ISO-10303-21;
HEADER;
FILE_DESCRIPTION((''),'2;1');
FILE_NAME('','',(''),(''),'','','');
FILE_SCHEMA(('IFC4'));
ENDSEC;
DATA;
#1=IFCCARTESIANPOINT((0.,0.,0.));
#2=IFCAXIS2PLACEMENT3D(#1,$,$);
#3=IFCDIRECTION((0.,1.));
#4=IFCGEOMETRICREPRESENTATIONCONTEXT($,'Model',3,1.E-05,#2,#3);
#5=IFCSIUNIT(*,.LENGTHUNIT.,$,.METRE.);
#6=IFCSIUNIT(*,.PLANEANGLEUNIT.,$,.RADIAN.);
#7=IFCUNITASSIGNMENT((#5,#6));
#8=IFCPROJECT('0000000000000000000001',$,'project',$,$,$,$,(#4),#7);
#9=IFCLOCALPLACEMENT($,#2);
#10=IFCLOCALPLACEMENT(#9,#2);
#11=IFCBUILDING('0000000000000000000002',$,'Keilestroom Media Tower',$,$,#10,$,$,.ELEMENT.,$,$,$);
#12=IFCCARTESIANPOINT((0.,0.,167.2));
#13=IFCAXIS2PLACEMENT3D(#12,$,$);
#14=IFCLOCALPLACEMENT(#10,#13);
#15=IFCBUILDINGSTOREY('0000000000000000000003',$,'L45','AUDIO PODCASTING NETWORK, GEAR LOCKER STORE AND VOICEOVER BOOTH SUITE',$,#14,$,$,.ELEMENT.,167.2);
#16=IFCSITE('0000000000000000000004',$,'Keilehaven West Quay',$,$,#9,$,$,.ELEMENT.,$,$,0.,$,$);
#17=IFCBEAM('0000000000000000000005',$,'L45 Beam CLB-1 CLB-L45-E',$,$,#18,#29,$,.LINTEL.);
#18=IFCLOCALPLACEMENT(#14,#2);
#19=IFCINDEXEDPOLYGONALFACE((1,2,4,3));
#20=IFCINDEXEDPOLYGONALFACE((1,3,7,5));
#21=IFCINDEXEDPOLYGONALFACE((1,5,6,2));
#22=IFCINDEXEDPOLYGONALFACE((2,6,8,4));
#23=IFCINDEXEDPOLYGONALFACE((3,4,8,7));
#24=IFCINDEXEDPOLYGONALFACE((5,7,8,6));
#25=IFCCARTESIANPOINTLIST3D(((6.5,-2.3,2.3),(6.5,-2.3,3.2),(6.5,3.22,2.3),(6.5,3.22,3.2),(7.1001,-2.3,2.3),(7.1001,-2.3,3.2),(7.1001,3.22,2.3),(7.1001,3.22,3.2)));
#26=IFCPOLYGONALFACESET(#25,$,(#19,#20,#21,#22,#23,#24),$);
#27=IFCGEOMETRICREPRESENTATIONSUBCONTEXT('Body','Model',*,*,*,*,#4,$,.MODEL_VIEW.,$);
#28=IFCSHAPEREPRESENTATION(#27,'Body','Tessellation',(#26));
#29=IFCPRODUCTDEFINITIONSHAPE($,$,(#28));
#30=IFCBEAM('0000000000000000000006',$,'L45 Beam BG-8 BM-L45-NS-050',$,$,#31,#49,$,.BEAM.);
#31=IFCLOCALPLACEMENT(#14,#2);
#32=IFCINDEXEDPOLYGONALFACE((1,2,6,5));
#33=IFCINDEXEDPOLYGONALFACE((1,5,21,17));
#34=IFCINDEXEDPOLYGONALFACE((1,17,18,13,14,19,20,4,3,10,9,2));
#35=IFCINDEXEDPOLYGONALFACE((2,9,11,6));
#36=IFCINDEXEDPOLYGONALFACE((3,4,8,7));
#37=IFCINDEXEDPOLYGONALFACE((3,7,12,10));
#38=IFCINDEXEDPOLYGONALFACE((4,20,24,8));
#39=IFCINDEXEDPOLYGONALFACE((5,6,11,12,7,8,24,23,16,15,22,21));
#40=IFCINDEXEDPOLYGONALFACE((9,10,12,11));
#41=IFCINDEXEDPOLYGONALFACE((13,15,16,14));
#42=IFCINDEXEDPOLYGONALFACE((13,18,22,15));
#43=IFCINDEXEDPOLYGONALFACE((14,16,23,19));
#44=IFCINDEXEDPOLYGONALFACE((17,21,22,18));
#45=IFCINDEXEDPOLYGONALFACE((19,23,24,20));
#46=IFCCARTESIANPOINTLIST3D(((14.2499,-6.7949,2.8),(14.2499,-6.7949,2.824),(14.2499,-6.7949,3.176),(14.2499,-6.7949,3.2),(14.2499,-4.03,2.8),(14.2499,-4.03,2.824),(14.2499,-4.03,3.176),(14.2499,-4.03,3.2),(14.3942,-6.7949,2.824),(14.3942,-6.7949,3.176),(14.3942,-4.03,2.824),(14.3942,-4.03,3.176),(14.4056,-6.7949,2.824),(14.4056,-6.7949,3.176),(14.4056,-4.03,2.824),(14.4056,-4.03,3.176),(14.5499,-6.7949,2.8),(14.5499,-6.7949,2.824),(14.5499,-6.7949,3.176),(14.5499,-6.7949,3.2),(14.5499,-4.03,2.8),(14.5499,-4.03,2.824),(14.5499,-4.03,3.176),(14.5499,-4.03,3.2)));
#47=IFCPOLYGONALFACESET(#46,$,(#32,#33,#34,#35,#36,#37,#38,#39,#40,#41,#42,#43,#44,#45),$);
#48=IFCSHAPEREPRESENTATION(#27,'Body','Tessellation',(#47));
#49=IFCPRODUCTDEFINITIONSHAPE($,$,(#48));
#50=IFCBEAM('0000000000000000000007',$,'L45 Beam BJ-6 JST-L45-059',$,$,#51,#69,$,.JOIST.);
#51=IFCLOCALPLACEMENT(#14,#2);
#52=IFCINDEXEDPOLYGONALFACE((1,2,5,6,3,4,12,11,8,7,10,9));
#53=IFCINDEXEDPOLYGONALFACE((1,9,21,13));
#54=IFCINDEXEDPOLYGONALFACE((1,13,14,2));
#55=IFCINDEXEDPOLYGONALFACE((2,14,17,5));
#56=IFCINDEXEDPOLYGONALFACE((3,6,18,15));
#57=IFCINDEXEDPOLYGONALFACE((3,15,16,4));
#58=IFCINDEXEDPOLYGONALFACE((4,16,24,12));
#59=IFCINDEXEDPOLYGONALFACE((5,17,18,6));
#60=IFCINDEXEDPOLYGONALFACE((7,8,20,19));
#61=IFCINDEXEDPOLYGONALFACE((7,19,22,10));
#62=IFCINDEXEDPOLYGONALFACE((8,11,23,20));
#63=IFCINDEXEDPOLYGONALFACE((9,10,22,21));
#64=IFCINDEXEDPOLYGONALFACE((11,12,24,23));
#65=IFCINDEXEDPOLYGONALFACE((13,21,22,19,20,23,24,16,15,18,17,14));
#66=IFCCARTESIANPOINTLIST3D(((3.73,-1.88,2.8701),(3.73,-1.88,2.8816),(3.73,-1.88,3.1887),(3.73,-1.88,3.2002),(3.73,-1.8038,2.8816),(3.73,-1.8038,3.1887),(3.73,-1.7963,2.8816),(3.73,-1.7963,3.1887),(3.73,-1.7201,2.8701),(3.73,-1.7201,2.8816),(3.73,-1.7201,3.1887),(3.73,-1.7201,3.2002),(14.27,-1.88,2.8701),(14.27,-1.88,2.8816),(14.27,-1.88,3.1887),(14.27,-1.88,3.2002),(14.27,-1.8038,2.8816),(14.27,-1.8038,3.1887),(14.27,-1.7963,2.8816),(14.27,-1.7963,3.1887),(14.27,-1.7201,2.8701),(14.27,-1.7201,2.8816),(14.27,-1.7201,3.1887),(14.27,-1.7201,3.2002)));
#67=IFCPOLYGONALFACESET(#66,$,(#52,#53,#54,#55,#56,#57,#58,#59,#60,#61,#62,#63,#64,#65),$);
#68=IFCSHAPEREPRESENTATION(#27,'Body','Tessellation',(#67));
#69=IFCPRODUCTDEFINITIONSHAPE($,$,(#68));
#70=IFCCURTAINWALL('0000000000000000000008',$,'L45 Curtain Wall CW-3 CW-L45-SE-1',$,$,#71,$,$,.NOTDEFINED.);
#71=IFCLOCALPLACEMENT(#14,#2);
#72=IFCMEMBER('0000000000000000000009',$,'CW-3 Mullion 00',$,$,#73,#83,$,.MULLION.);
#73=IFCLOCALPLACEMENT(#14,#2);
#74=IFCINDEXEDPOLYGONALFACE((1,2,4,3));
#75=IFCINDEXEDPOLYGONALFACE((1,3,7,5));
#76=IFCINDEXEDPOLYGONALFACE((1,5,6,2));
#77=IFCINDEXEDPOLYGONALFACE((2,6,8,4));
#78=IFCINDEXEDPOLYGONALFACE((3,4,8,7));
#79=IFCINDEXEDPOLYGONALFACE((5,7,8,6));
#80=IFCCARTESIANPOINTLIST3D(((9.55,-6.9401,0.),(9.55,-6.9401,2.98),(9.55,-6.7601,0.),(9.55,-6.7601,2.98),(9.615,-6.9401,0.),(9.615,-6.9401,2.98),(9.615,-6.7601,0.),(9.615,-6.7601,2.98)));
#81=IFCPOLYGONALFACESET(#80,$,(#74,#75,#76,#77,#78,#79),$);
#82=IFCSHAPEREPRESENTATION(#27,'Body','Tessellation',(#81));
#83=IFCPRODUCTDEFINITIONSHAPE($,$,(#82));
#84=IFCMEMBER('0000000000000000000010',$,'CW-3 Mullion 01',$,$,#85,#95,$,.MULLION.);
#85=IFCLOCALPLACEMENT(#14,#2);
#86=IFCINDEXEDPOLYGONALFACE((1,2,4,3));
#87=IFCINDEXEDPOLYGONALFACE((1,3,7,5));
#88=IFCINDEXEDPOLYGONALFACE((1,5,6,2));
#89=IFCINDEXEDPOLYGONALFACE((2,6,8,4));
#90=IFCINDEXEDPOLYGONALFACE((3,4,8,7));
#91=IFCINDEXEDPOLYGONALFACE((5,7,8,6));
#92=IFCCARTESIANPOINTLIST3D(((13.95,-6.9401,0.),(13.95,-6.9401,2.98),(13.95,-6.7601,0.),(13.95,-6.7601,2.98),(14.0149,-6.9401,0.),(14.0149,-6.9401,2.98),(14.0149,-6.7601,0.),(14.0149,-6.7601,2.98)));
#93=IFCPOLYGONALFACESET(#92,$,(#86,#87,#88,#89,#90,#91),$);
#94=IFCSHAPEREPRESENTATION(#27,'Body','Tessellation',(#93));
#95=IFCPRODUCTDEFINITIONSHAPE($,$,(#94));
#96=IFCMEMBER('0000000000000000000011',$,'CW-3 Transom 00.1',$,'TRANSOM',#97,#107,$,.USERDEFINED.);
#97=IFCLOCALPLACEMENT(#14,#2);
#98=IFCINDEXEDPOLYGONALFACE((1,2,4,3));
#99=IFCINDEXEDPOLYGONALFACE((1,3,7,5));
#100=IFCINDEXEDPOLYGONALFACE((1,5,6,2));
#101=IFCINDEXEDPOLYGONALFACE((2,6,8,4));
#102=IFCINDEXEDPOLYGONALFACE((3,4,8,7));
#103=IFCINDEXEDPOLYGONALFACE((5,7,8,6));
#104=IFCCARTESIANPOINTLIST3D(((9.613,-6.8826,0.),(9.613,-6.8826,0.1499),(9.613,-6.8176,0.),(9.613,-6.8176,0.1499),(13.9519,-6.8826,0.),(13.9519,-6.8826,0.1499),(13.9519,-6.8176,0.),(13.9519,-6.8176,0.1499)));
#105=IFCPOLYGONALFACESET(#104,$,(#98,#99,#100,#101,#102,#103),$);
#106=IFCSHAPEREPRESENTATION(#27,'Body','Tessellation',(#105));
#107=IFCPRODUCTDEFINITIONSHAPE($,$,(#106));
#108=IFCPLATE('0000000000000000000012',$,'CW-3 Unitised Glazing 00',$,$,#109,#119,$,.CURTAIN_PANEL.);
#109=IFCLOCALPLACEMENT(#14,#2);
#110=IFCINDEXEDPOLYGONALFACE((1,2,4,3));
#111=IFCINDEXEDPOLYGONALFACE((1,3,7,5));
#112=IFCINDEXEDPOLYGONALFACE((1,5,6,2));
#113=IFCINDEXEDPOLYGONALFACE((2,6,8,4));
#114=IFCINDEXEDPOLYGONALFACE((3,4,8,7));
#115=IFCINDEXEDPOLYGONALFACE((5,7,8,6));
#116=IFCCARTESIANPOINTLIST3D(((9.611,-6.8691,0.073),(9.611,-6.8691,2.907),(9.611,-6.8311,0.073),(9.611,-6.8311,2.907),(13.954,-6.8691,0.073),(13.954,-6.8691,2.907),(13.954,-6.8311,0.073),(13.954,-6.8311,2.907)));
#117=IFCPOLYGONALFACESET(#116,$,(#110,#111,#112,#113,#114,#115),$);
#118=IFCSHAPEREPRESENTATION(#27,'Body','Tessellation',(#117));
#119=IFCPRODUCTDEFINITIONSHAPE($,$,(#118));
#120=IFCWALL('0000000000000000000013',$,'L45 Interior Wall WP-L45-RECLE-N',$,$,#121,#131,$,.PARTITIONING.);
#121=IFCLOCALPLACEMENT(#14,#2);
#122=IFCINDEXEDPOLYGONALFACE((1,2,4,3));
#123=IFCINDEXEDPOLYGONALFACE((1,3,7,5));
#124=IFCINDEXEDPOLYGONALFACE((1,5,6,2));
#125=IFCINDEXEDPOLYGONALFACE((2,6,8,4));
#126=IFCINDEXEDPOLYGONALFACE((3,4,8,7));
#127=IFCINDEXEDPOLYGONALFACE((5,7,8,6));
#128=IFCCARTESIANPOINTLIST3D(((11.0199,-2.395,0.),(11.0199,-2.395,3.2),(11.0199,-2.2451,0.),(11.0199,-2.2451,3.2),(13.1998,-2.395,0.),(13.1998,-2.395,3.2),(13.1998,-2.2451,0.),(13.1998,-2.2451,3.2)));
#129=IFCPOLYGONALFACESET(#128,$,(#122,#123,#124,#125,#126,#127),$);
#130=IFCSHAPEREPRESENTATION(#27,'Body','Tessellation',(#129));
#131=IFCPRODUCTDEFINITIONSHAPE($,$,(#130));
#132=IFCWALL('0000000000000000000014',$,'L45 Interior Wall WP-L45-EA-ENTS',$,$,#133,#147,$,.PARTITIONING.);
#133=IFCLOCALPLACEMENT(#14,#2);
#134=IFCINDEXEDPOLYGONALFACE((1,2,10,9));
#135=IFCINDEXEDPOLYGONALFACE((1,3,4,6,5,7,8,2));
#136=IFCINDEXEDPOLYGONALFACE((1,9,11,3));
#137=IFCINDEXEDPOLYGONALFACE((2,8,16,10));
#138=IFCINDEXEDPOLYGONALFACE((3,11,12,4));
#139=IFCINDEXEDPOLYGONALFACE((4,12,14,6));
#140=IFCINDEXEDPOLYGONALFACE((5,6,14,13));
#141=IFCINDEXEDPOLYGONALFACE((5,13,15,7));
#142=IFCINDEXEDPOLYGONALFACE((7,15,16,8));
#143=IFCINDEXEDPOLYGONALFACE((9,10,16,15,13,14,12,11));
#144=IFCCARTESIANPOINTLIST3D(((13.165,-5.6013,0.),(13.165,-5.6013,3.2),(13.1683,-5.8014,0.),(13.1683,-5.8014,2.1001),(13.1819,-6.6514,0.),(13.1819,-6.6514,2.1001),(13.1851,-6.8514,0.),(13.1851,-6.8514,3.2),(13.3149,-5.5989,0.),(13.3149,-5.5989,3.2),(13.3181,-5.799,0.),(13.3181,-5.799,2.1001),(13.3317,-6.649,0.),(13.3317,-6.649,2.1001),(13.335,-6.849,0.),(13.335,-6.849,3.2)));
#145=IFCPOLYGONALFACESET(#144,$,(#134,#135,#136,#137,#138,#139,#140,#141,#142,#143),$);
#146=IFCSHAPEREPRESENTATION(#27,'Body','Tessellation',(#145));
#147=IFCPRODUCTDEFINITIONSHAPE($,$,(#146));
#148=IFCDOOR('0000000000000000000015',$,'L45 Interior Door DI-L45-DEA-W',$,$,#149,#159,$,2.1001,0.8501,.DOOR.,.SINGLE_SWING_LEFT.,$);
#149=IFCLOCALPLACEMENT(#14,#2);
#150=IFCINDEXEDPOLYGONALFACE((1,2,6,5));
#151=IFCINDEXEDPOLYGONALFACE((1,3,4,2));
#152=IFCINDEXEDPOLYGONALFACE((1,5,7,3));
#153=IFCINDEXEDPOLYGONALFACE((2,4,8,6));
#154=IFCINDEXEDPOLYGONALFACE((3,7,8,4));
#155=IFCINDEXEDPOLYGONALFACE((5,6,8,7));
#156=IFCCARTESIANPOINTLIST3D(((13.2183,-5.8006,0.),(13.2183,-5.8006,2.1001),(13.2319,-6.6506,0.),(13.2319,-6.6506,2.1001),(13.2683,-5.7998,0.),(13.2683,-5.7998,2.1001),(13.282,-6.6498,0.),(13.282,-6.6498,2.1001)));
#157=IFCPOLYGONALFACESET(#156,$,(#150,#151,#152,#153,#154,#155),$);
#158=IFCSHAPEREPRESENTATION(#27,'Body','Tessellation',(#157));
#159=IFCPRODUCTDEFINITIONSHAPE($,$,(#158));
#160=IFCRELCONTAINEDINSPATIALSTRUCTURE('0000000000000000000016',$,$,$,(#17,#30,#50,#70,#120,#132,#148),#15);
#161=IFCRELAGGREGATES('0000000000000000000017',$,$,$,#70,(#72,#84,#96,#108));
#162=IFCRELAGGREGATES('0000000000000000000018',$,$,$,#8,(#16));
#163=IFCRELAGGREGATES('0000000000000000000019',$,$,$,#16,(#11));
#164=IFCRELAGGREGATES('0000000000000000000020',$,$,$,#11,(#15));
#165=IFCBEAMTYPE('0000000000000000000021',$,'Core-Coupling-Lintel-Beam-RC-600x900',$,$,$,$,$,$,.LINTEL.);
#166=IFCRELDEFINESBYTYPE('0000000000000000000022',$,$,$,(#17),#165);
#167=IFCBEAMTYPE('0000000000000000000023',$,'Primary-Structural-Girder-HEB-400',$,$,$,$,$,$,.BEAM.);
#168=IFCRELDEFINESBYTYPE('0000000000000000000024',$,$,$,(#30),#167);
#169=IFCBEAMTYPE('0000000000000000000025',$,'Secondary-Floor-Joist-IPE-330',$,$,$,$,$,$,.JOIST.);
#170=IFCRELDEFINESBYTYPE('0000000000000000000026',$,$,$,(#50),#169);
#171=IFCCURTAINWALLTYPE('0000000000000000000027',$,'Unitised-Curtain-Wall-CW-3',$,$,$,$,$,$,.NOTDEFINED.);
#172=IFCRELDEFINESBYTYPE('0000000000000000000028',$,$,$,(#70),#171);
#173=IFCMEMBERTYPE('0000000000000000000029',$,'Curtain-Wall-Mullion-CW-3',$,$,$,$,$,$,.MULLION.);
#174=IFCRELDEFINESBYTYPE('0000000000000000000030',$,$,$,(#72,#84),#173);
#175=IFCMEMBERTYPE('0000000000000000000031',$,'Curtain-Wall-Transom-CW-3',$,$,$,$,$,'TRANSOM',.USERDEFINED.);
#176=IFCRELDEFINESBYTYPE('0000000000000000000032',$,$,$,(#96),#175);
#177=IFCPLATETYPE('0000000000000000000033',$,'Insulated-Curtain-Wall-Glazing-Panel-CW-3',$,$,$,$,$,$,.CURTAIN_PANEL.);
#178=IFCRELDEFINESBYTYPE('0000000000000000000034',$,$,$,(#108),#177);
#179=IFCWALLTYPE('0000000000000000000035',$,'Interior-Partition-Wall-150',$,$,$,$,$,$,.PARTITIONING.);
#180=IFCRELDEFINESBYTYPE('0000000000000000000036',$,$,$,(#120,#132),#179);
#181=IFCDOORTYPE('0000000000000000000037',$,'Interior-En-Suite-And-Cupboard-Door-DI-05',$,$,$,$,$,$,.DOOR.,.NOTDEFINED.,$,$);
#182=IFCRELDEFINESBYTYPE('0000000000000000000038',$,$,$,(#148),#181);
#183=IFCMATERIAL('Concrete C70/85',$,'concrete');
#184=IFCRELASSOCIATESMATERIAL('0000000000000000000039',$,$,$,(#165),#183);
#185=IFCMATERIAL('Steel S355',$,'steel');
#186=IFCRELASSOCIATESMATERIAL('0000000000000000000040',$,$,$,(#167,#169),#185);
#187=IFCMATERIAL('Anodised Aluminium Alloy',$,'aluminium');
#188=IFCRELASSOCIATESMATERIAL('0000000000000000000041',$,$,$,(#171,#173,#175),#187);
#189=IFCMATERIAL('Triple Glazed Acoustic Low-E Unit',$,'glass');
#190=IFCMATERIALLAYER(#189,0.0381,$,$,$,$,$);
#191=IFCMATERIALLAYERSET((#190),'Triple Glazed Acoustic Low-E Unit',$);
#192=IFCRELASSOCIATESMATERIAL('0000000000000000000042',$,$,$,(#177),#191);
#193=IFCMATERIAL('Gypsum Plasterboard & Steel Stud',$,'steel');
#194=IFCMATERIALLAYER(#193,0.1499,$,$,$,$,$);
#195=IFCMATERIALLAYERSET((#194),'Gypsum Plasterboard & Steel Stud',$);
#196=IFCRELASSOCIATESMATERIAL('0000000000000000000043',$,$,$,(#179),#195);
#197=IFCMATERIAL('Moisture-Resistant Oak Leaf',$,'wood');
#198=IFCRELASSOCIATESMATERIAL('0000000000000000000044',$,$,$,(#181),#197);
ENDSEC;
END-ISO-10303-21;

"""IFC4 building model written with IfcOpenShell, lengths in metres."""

from ifc_helpers import new_model, si_unit, direction, frame, frame_2d, origin, origin_2d, place, context, subcontext, project, spatial, rectangle, i_section, extrude, source, transform, mapped, material, layer, layer_set, material_profile, profile_set, type_object, element, fill, aggregate, save


model = new_model("IFC4")

# Units and contexts
model_context = context("Model", 3, precision=1e-05, world=origin(), true_north=direction((0.0, 1.0)))
body_context = subcontext(model_context, "Body", "Model", "MODEL_VIEW")
ifc_project = project(units=[si_unit("LENGTHUNIT", "METRE"), si_unit("PLANEANGLEUNIT", "RADIAN")], contexts=[model_context])

# Site, building, storey
site_placement = place(None, origin())
site = spatial("IfcSite", under=ifc_project, at=site_placement, Name="Keilehaven West Quay", CompositionType="ELEMENT", RefElevation=0.0)
building_placement = place(site_placement, origin())
building = spatial("IfcBuilding", under=site, at=building_placement, Name="Keilestroom Media Tower", CompositionType="ELEMENT")
storey_placement = place(building_placement, frame((0.0, 0.0, 167.2)))
storey = spatial("IfcBuildingStorey", under=building, at=storey_placement, Name="L45", Description="AUDIO PODCASTING NETWORK, GEAR LOCKER STORE AND VOICEOVER BOOTH SUITE", CompositionType="ELEMENT", Elevation=167.2)

# Beams
ifc_material_1 = material(Name="Concrete C70/85", Category="concrete")
ifc_material_profile_1 = material_profile(ifc_material_1, rectangle(XDim=0.6001, YDim=0.8999, at=origin_2d()), Name="RC 600x900")
ifc_profile_set_1 = profile_set([ifc_material_profile_1], Name="Concrete C70/85")
beam_type_1 = type_object("IfcBeamType", Name="Core-Coupling-Lintel-Beam-RC-600x900", PredefinedType="LINTEL", material=ifc_profile_set_1)
shared_shape_1 = source(origin(), body_context, "Body", "SweptSolid", [
    extrude(rectangle(XDim=0.6001, YDim=0.8999, at=origin_2d()), origin(), (0.0, 0.0, 1.0), 5.52),
])
beam_1_placement = place(storey_placement, frame((6.8, -2.3, 2.75), z_axis=(0.0, 1.0, 0.0), x_axis=(-1.0, 0.0, 0.0)))
element("IfcBeam", 1, at=beam_1_placement, inside=storey, type_object=beam_type_1, Name="L45 Beam CLB-1 CLB-L45-E", PredefinedType="LINTEL", context=body_context, shape_type="MappedRepresentation", body=[
    mapped(shared_shape_1, transform((0.0, 0.0, 0.0), x_axis=(1.0, 0.0, 0.0), y_axis=(0.0, 1.0, 0.0), z_axis=(0.0, 0.0, 1.0), scale=1.0)),
])
ifc_material_2 = material(Name="Steel S355", Category="steel")
ifc_material_profile_2 = material_profile(ifc_material_2, i_section(OverallWidth=0.3, OverallDepth=0.3999, WebThickness=0.0115, FlangeThickness=0.0239, at=origin_2d()), Name="HEB 400")
ifc_profile_set_2 = profile_set([ifc_material_profile_2], Name="Steel S355")
beam_type_2 = type_object("IfcBeamType", Name="Primary-Structural-Girder-HEB-400", PredefinedType="BEAM", material=ifc_profile_set_2)
shared_shape_2 = source(origin(), body_context, "Body", "SweptSolid", [
    extrude(i_section(OverallWidth=0.3, OverallDepth=0.3999, WebThickness=0.0115, FlangeThickness=0.0239, at=origin_2d()), origin(), (0.0, 0.0, 1.0), 2.7649),
])
beam_2_placement = place(storey_placement, frame((14.3999, -6.7949, 3.0), z_axis=(0.0, 1.0, 0.0), x_axis=(-1.0, 0.0, 0.0)))
element("IfcBeam", 2, at=beam_2_placement, inside=storey, type_object=beam_type_2, Name="L45 Beam BG-8 BM-L45-NS-050", PredefinedType="BEAM", context=body_context, shape_type="MappedRepresentation", body=[
    mapped(shared_shape_2, transform((0.0, 0.0, 0.0), x_axis=(1.0, 0.0, 0.0), y_axis=(0.0, 1.0, 0.0), z_axis=(0.0, 0.0, 1.0), scale=1.0)),
])
ifc_material_profile_3 = material_profile(ifc_material_2, i_section(OverallWidth=0.1599, OverallDepth=0.3301, WebThickness=0.0076, FlangeThickness=0.0115, at=origin_2d()), Name="IPE 330")
ifc_profile_set_3 = profile_set([ifc_material_profile_3], Name="Steel S355")
beam_type_3 = type_object("IfcBeamType", Name="Secondary-Floor-Joist-IPE-330", PredefinedType="JOIST", material=ifc_profile_set_3)
shared_shape_3 = source(origin(), body_context, "Body", "SweptSolid", [
    extrude(i_section(OverallWidth=0.1599, OverallDepth=0.3301, WebThickness=0.0076, FlangeThickness=0.0115, at=origin_2d()), origin(), (0.0, 0.0, 1.0), 10.54),
])
beam_3_placement = place(storey_placement, frame((3.73, -1.8, 3.0352), z_axis=(1.0, 0.0, 0.0), x_axis=(0.0, 1.0, 0.0)))
element("IfcBeam", 3, at=beam_3_placement, inside=storey, type_object=beam_type_3, Name="L45 Beam BJ-6 JST-L45-059", PredefinedType="JOIST", context=body_context, shape_type="MappedRepresentation", body=[
    mapped(shared_shape_3, transform((0.0, 0.0, 0.0), x_axis=(1.0, 0.0, 0.0), y_axis=(0.0, 1.0, 0.0), z_axis=(0.0, 0.0, 1.0), scale=1.0)),
])

# Curtain wall, members, plate
ifc_material_3 = material(Name="Anodised Aluminium Alloy", Category="aluminium")
curtain_wall_type = type_object("IfcCurtainWallType", Name="Unitised-Curtain-Wall-CW-3", PredefinedType="NOTDEFINED", material=ifc_material_3)
curtain_wall_placement = place(storey_placement, origin())
curtain_wall = element("IfcCurtainWall", 4, at=curtain_wall_placement, inside=storey, type_object=curtain_wall_type, Name="L45 Curtain Wall CW-3 CW-L45-SE-1", PredefinedType="NOTDEFINED")
ifc_material_profile_4 = material_profile(ifc_material_3, rectangle(XDim=0.0649, YDim=0.1799, at=origin_2d()), Name="ALU MULLION 65x180")
ifc_profile_set_4 = profile_set([ifc_material_profile_4], Name="Anodised Aluminium Alloy")
member_type_1 = type_object("IfcMemberType", Name="Curtain-Wall-Mullion-CW-3", PredefinedType="MULLION", material=ifc_profile_set_4)
shared_shape_4 = source(origin(), body_context, "Body", "SweptSolid", [
    extrude(rectangle(XDim=0.0649, YDim=0.1799, at=origin_2d()), origin(), (0.0, 0.0, 1.0), 2.98),
])
member_1_placement = place(storey_placement, frame((9.5825, -6.8501, 0.0), z_axis=(0.0, 0.0, 1.0), x_axis=(1.0, 0.0, 0.0)))
member_1 = element("IfcMember", 5, at=member_1_placement, type_object=member_type_1, Name="CW-3 Mullion 00", PredefinedType="MULLION", context=body_context, shape_type="MappedRepresentation", body=[
    mapped(shared_shape_4, transform((0.0, 0.0, 0.0), x_axis=(1.0, 0.0, 0.0), y_axis=(0.0, 1.0, 0.0), z_axis=(0.0, 0.0, 1.0), scale=1.0)),
])
member_2_placement = place(storey_placement, frame((13.9824, -6.8501, 0.0), z_axis=(0.0, 0.0, 1.0), x_axis=(1.0, 0.0, 0.0)))
member_2 = element("IfcMember", 6, at=member_2_placement, type_object=member_type_1, Name="CW-3 Mullion 01", PredefinedType="MULLION", context=body_context, shape_type="MappedRepresentation", body=[
    mapped(shared_shape_4, transform((0.0, 0.0, 0.0), x_axis=(1.0, 0.0, 0.0), y_axis=(0.0, 1.0, 0.0), z_axis=(0.0, 0.0, 1.0), scale=1.0)),
])
ifc_material_profile_5 = material_profile(ifc_material_3, rectangle(XDim=0.0649, YDim=0.1499, at=origin_2d()), Name="ALU TRANSOM 65x150")
ifc_profile_set_5 = profile_set([ifc_material_profile_5], Name="Anodised Aluminium Alloy")
member_type_2 = type_object("IfcMemberType", Name="Curtain-Wall-Transom-CW-3", ElementType="TRANSOM", PredefinedType="USERDEFINED", material=ifc_profile_set_5)
shared_shape_5 = source(origin(), body_context, "Body", "SweptSolid", [
    extrude(rectangle(XDim=0.0649, YDim=0.1499, at=origin_2d()), origin(), (0.0, 0.0, 1.0), 4.3389),
])
member_3_placement = place(storey_placement, frame((9.613, -6.8501, 0.075), z_axis=(1.0, 0.0, 0.0), x_axis=(0.0, 1.0, 0.0)))
member_3 = element("IfcMember", 7, at=member_3_placement, type_object=member_type_2, Name="CW-3 Transom 00.1", ObjectType="TRANSOM", PredefinedType="USERDEFINED", context=body_context, shape_type="MappedRepresentation", body=[
    mapped(shared_shape_5, transform((0.0, 0.0, 0.0), x_axis=(1.0, 0.0, 0.0), y_axis=(0.0, 1.0, 0.0), z_axis=(0.0, 0.0, 1.0), scale=1.0)),
])
ifc_material_4 = material(Name="Triple Glazed Acoustic Low-E Unit", Category="glass")
ifc_layer_1 = layer(ifc_material_4, 0.0381)
ifc_layer_set_1 = layer_set([ifc_layer_1], Name="Triple Glazed Acoustic Low-E Unit")
plate_type = type_object("IfcPlateType", Name="Insulated-Curtain-Wall-Glazing-Panel-CW-3", PredefinedType="CURTAIN_PANEL", material=ifc_layer_set_1)
shared_shape_6 = source(origin(), body_context, "Body", "SweptSolid", [
    extrude(rectangle(XDim=4.343, YDim=0.0381, at=origin_2d()), origin(), (0.0, 0.0, 1.0), 2.834),
])
plate_placement = place(storey_placement, frame((11.7825, -6.8501, 0.073), z_axis=(0.0, 0.0, 1.0), x_axis=(1.0, 0.0, 0.0)))
plate = element("IfcPlate", 8, at=plate_placement, type_object=plate_type, Name="CW-3 Unitised Glazing 00", PredefinedType="CURTAIN_PANEL", context=body_context, shape_type="MappedRepresentation", body=[
    mapped(shared_shape_6, transform((0.0, 0.0, 0.0), x_axis=(1.0, 0.0, 0.0), y_axis=(0.0, 1.0, 0.0), z_axis=(0.0, 0.0, 1.0), scale=1.0)),
])
aggregate(curtain_wall, [member_1, member_2, member_3, plate])

# Wall
ifc_material_5 = material(Name="Gypsum Plasterboard & Steel Stud", Category="steel")
ifc_layer_2 = layer(ifc_material_5, 0.1499)
ifc_layer_set_2 = layer_set([ifc_layer_2], Name="Gypsum Plasterboard & Steel Stud")
wall_type_1 = type_object("IfcWallType", Name="Interior-Partition-Wall-150", PredefinedType="PARTITIONING", material=ifc_layer_set_2)
wall_1_placement = place(storey_placement, frame((11.02, -2.3201, 0.0), z_axis=(0.0, 0.0, 1.0), x_axis=(1.0, 0.0, 0.0)))
element("IfcWall", 9, at=wall_1_placement, inside=storey, type_object=wall_type_1, Name="L45 Interior Wall WP-L45-RECLE-N", PredefinedType="PARTITIONING", context=body_context, shape_type="SweptSolid", body=[
    extrude(rectangle(XDim=2.1799, YDim=0.1499, at=frame_2d((1.0898, 0.0))), origin(), (0.0, 0.0, 1.0), 3.2),
])

# Wall, opening, door
wall_2_placement = place(storey_placement, frame((13.26, -6.8501, 0.0), z_axis=(0.0, 0.0, 1.0), x_axis=(-0.016014, 0.999872, 0.0)))
wall_2 = element("IfcWall", 10, at=wall_2_placement, inside=storey, type_object=wall_type_1, Name="L45 Interior Wall WP-L45-EA-ENTS", PredefinedType="PARTITIONING", context=body_context, shape_type="SweptSolid", body=[
    extrude(rectangle(XDim=1.2502, YDim=0.1499, at=frame_2d((0.625, 0.0))), origin(), (0.0, 0.0, 1.0), 3.2),
])
opening_1_placement = place(wall_2_placement, frame((0.2, 0.0, 0.0)))
opening_1 = element("IfcOpeningElement", 11, at=opening_1_placement, cuts=wall_2, PredefinedType="OPENING", context=body_context, shape_type="SweptSolid", body=[
    extrude(rectangle(XDim=0.8501, YDim=2.1001, at=frame_2d((0.425, 1.05))), frame((0.0, 0.085, 0.0), z_axis=(0.0, -1.0, 0.0), x_axis=(1.0, 0.0, 0.0)), (0.0, 0.0, 1.0), 0.1699),
])
ifc_material_6 = material(Name="Moisture-Resistant Oak Leaf", Category="wood")
door_type_1 = type_object("IfcDoorType", Name="Interior-En-Suite-And-Cupboard-Door-DI-05", OperationType="NOTDEFINED", PredefinedType="DOOR", material=ifc_material_6)
shared_shape_7 = source(origin(), body_context, "Body", "SweptSolid", [
    extrude(rectangle(XDim=0.8501, YDim=2.1001, at=frame_2d((0.425, 1.05))), frame((0.0, 0.0249, 0.0), z_axis=(0.0, -1.0, 0.0), x_axis=(1.0, 0.0, 0.0)), (0.0, 0.0, 1.0), 0.05),
])
door_1_placement = place(opening_1_placement, origin())
door_1 = element("IfcDoor", 12, at=door_1_placement, inside=storey, type_object=door_type_1, Name="L45 Interior Door DI-L45-DEA-W", OperationType="SINGLE_SWING_LEFT", OverallHeight=2.1001, OverallWidth=0.8501, PredefinedType="DOOR", context=body_context, shape_type="MappedRepresentation", body=[
    mapped(shared_shape_7, transform((0.0, 0.0, 0.0), x_axis=(1.0, 0.0, 0.0), y_axis=(0.0, 1.0, 0.0), z_axis=(0.0, 0.0, 1.0), scale=1.0)),
])
fill(opening_1, door_1)

save(model, "model.ifc")
